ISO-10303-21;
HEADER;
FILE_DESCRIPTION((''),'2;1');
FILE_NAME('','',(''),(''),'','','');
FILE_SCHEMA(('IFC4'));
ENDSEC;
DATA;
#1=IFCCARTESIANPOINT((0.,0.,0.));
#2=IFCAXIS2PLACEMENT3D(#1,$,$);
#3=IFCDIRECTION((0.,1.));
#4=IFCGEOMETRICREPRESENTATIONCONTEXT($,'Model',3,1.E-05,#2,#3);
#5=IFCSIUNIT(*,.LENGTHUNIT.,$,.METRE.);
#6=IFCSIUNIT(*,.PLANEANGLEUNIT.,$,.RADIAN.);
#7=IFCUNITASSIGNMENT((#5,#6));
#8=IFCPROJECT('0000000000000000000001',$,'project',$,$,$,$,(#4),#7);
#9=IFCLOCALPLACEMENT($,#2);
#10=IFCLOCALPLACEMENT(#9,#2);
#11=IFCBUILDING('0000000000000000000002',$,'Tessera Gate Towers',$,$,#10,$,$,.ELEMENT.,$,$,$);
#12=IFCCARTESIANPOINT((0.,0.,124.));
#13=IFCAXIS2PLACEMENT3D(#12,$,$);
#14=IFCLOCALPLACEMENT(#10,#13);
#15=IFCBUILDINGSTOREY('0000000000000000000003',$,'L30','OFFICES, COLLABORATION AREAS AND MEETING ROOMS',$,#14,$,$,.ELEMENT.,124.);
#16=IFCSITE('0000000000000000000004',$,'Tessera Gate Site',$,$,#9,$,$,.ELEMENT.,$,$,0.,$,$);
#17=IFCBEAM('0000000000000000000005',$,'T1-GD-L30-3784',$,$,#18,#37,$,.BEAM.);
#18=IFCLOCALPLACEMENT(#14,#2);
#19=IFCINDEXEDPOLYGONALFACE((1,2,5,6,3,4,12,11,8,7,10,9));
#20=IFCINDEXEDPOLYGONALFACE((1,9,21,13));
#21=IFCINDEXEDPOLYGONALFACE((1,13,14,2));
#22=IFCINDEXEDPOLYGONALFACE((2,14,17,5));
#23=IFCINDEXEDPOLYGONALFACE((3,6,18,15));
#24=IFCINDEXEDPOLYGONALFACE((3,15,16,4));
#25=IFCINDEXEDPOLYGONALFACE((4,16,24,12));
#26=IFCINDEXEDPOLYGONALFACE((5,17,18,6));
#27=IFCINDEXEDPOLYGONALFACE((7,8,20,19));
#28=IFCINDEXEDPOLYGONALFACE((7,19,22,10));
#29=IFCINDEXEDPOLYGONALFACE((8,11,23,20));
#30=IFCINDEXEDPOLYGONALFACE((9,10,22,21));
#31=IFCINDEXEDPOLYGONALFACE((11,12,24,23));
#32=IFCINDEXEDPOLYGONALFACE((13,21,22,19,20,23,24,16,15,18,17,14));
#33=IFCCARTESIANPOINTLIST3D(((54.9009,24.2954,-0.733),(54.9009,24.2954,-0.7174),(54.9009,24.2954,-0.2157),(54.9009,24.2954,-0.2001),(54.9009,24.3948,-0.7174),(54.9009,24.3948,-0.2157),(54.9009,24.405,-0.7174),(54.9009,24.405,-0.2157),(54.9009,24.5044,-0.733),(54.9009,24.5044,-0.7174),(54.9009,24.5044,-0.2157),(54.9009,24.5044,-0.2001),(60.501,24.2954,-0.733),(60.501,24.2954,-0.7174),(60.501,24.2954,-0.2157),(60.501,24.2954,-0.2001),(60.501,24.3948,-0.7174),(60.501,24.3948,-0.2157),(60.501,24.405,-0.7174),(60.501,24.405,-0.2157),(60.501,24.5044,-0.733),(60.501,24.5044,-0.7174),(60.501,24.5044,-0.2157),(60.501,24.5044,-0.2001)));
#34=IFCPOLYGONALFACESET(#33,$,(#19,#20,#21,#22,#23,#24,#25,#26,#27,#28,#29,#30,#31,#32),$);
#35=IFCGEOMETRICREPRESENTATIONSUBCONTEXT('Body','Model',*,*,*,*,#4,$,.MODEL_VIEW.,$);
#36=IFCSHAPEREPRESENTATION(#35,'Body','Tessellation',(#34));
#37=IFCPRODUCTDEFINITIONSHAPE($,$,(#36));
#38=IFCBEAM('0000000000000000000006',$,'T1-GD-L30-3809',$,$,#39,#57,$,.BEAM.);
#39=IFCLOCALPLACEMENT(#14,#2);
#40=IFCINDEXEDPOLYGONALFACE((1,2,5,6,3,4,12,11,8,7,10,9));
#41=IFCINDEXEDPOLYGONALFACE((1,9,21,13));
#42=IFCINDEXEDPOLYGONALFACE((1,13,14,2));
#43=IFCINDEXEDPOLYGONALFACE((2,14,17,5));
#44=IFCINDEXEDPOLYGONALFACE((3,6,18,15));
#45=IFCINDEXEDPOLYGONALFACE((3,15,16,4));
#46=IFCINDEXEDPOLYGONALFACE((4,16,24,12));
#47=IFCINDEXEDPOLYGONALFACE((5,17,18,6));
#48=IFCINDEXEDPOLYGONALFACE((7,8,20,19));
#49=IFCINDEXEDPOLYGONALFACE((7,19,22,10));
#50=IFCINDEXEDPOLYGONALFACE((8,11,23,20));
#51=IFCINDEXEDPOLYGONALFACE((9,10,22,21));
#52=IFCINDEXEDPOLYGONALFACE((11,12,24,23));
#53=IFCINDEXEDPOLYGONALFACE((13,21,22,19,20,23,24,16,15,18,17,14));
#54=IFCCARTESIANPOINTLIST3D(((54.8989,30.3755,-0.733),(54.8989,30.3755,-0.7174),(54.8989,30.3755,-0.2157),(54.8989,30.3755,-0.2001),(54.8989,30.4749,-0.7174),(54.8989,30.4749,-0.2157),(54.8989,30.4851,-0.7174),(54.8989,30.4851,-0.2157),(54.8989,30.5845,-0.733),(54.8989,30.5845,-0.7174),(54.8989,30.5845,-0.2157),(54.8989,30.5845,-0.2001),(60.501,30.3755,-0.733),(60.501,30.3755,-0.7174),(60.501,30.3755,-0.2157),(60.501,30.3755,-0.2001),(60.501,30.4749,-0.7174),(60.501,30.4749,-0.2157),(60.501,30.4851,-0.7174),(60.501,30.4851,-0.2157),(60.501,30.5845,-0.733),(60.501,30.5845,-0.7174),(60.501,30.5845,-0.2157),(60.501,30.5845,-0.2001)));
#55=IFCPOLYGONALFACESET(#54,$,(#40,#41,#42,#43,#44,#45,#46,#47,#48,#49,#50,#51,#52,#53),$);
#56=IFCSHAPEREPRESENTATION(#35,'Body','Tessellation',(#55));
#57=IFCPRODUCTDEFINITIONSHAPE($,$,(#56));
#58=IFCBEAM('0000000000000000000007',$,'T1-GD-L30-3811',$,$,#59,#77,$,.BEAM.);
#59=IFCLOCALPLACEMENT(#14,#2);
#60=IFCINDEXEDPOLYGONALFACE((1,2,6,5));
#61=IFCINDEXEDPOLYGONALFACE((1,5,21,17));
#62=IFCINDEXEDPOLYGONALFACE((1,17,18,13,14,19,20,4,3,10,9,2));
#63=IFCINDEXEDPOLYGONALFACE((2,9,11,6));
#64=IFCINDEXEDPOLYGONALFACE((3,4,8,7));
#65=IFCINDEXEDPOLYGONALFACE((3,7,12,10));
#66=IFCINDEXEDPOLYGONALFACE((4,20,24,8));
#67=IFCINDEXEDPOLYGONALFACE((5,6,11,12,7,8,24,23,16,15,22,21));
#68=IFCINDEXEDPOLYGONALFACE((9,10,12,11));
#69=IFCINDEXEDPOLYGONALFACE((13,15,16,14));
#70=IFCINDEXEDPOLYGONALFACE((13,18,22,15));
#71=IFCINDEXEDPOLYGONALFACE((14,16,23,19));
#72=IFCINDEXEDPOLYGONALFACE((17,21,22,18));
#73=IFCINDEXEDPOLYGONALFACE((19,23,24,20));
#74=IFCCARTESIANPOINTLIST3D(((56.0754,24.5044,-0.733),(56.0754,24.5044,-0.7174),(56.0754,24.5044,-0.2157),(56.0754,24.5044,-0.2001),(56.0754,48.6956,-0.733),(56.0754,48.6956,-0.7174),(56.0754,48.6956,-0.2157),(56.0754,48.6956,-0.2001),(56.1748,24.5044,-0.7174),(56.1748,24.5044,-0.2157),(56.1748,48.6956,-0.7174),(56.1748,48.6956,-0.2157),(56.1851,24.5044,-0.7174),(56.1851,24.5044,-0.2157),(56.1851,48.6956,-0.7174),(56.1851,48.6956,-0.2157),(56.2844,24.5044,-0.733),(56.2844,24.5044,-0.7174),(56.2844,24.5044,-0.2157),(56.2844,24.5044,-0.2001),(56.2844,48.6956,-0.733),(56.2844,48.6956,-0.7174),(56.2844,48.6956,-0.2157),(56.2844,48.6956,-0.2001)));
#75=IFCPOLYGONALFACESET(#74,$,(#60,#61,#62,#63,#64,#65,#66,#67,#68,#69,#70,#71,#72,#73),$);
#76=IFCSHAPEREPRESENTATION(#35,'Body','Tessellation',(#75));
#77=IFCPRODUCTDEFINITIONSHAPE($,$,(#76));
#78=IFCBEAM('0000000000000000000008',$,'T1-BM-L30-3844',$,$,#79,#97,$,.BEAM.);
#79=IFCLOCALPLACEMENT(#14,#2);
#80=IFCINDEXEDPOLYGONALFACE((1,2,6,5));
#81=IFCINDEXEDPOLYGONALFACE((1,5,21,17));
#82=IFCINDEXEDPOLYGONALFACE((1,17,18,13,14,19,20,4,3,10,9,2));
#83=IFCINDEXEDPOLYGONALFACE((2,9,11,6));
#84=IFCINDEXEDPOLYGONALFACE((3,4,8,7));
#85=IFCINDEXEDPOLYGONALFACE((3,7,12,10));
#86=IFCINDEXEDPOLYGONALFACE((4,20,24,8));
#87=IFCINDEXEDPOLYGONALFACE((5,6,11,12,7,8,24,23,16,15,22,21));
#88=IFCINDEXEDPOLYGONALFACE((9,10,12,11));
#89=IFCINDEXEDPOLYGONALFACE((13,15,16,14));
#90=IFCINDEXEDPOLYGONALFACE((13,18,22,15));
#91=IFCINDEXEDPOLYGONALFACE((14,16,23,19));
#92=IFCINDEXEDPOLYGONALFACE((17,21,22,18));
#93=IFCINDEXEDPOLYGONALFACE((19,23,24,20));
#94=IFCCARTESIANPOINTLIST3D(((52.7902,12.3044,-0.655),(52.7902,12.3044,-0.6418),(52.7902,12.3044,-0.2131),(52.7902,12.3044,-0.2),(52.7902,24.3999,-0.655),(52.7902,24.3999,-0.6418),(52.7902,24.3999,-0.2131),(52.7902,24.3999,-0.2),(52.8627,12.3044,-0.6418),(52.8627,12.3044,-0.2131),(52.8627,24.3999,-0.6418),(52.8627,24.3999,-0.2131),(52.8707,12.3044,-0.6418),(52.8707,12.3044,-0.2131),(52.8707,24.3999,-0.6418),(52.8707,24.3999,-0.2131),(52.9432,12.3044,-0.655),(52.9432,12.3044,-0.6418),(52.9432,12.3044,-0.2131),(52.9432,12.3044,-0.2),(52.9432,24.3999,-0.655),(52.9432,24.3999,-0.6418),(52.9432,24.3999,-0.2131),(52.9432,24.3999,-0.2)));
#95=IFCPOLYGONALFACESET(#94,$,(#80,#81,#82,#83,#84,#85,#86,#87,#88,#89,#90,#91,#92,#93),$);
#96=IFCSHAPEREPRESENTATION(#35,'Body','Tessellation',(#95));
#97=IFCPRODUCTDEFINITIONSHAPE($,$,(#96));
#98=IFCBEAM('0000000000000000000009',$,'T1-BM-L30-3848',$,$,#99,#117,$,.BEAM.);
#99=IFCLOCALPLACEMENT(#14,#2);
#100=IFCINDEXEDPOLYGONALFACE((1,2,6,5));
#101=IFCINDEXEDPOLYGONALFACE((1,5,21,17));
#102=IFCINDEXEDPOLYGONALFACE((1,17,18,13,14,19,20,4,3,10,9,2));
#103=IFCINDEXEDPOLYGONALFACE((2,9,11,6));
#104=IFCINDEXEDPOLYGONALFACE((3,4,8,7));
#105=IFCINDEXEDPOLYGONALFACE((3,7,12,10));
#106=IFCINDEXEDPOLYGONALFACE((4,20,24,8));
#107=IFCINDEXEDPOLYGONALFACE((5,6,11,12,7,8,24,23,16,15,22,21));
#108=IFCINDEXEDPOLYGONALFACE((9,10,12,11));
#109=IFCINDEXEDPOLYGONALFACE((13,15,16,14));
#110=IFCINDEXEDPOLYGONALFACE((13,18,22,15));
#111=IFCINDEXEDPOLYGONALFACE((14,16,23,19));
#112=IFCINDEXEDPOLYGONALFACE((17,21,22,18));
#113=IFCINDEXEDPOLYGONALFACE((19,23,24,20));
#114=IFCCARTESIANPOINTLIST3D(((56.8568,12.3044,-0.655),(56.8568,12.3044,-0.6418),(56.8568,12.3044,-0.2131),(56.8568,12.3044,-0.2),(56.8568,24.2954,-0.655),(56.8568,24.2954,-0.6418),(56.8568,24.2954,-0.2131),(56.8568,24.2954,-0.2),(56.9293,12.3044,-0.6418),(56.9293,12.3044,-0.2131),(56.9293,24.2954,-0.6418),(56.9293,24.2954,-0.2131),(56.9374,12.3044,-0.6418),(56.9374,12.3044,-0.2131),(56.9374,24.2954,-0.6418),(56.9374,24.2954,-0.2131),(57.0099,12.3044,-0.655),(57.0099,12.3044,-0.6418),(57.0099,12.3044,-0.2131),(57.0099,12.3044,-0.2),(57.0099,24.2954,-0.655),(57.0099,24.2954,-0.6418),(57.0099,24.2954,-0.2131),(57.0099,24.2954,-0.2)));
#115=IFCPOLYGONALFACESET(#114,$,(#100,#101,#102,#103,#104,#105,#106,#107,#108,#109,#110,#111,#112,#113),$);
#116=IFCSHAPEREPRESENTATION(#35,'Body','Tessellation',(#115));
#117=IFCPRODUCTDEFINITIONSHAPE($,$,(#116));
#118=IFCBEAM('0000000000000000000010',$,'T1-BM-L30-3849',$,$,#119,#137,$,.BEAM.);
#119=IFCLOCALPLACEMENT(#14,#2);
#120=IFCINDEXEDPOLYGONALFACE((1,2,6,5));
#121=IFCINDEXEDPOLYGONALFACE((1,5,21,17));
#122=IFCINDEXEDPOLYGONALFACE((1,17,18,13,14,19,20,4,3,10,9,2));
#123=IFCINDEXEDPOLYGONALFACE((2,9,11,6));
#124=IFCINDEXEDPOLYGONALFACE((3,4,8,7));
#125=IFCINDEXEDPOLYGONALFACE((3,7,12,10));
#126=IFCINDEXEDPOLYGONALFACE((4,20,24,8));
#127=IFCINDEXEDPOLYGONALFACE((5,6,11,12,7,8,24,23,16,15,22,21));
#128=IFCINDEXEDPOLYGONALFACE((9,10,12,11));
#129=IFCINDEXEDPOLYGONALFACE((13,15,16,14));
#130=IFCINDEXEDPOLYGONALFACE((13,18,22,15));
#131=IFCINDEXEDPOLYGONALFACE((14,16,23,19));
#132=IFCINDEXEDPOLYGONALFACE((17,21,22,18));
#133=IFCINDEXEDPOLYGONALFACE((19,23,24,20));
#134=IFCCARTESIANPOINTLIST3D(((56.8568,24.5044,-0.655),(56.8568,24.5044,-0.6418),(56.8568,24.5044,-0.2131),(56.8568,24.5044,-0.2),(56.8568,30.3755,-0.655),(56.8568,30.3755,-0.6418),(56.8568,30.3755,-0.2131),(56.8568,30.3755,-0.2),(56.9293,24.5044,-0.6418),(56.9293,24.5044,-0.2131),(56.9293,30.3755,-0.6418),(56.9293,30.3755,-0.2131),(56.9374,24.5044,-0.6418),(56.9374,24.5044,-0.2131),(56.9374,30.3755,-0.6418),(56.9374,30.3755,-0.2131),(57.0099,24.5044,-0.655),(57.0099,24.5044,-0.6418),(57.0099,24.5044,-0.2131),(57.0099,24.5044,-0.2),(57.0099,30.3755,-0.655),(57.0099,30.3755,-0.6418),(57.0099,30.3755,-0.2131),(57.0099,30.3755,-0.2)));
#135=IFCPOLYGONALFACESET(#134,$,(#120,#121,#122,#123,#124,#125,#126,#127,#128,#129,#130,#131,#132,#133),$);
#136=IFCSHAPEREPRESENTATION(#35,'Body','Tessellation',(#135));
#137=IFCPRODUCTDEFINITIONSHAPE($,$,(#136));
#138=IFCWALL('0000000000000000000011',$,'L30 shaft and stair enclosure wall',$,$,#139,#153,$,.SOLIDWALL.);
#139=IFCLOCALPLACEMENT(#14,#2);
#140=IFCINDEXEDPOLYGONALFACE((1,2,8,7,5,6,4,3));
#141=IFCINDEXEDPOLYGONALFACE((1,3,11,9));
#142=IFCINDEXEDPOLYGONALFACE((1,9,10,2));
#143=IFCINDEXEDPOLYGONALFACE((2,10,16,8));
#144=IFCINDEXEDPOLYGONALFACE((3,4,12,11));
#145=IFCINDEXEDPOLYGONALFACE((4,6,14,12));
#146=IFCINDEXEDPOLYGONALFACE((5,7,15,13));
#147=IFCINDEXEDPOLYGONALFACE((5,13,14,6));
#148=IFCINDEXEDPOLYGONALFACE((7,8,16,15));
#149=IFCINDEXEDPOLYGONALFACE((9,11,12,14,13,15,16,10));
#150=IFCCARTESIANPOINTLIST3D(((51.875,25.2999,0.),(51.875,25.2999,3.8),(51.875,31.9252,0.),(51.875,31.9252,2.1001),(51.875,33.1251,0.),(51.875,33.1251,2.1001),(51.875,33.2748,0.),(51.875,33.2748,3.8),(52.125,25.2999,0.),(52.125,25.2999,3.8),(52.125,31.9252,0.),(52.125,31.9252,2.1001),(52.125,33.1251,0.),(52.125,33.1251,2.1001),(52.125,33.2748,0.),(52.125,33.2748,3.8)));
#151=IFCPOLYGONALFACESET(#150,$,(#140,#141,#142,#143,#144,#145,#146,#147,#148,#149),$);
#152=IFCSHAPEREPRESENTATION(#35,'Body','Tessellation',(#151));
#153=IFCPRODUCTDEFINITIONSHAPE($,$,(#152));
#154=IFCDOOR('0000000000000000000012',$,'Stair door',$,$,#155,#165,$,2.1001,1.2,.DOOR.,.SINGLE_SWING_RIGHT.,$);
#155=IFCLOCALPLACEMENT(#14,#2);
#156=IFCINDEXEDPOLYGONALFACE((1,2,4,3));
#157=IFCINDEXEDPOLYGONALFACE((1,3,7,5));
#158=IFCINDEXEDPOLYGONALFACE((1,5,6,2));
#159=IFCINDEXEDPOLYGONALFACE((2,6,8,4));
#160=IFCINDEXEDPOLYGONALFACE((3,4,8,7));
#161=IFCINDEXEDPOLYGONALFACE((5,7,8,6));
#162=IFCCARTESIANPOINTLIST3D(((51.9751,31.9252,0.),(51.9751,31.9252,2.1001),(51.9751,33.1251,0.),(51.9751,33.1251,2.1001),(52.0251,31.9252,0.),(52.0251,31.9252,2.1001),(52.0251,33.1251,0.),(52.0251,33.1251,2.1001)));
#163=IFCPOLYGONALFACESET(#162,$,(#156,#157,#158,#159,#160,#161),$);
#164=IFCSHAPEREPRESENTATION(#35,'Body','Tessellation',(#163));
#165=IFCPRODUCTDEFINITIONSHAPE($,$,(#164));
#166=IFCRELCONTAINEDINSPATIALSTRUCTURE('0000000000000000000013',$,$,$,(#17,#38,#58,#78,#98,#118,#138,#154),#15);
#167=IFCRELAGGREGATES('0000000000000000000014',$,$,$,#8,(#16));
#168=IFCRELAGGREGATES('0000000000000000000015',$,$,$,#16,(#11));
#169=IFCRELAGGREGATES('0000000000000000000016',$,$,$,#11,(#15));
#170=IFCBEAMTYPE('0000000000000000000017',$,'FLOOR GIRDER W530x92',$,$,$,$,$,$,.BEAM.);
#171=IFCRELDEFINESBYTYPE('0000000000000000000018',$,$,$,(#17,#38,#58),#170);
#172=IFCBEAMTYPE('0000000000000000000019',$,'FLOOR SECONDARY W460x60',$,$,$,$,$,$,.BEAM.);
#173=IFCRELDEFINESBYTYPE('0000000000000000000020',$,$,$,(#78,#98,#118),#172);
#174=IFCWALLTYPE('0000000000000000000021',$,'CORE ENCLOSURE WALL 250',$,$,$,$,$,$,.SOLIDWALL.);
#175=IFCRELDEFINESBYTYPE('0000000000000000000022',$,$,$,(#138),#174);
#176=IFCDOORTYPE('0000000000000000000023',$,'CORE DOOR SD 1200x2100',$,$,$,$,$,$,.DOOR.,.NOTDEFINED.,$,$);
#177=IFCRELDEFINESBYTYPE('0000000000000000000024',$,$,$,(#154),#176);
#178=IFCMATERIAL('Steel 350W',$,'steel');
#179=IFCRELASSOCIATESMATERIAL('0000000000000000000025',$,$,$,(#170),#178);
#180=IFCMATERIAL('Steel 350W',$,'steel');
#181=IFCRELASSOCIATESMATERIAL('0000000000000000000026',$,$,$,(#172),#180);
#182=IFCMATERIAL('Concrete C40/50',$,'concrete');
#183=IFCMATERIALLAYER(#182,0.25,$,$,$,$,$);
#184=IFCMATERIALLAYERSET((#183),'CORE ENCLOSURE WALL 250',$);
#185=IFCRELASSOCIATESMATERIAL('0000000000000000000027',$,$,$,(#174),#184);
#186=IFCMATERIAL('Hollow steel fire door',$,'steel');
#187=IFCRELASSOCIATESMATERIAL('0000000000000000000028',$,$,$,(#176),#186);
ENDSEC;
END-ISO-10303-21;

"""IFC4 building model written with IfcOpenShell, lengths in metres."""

from ifc_helpers import new_model, si_unit, direction, frame, frame_2d, origin, origin_2d, place, context, subcontext, project, spatial, rectangle, i_section, extrude, source, transform, mapped, material, layer, layer_set, material_profile, profile_set, type_object, element, fill, save


model = new_model("IFC4")

# Units and contexts
model_context = context("Model", 3, precision=1e-05, world=origin(), true_north=direction((0.0, 1.0)))
body_context = subcontext(model_context, "Body", "Model", "MODEL_VIEW")
ifc_project = project(units=[si_unit("LENGTHUNIT", "METRE"), si_unit("PLANEANGLEUNIT", "RADIAN")], contexts=[model_context])

# Site, building, storey
site_placement = place(None, origin())
site = spatial("IfcSite", under=ifc_project, at=site_placement, Name="Tessera Gate Site", CompositionType="ELEMENT", RefElevation=0.0)
building_placement = place(site_placement, origin())
building = spatial("IfcBuilding", under=site, at=building_placement, Name="Tessera Gate Towers", CompositionType="ELEMENT")
storey_placement = place(building_placement, frame((0.0, 0.0, 124.0)))
storey = spatial("IfcBuildingStorey", under=building, at=storey_placement, Name="L30", Description="OFFICES, COLLABORATION AREAS AND MEETING ROOMS", CompositionType="ELEMENT", Elevation=124.0)

# Beams
ifc_material_1 = material(Name="Steel 350W", Category="steel")
ifc_material_profile_1 = material_profile(ifc_material_1, i_section(OverallWidth=0.209, OverallDepth=0.533, WebThickness=0.0103, FlangeThickness=0.0156, at=origin_2d()), Name="W530x92")
ifc_profile_set_1 = profile_set([ifc_material_profile_1], Name="Steel 350W")
beam_type_1 = type_object("IfcBeamType", Name="FLOOR GIRDER W530x92", PredefinedType="BEAM", material=ifc_profile_set_1)
beam_1_placement = place(storey_placement, frame((54.9009, 24.3999, -0.4666), z_axis=(1.0, 0.0, 0.0), x_axis=(0.0, 1.0, 0.0)))
element("IfcBeam", 1, at=beam_1_placement, inside=storey, type_object=beam_type_1, Name="T1-GD-L30-3784", PredefinedType="BEAM", context=body_context, shape_type="SweptSolid", body=[
    extrude(i_section(OverallWidth=0.209, OverallDepth=0.533, WebThickness=0.0103, FlangeThickness=0.0156, at=origin_2d()), origin(), (0.0, 0.0, 1.0), 5.6001),
])
beam_2_placement = place(storey_placement, frame((54.8989, 30.48, -0.4666), z_axis=(1.0, 0.0, 0.0), x_axis=(0.0, 1.0, 0.0)))
element("IfcBeam", 2, at=beam_2_placement, inside=storey, type_object=beam_type_1, Name="T1-GD-L30-3809", PredefinedType="BEAM", context=body_context, shape_type="SweptSolid", body=[
    extrude(i_section(OverallWidth=0.209, OverallDepth=0.533, WebThickness=0.0103, FlangeThickness=0.0156, at=origin_2d()), origin(), (0.0, 0.0, 1.0), 5.6021),
])
beam_3_placement = place(storey_placement, frame((56.1799, 24.5044, -0.4666), z_axis=(0.0, 1.0, 0.0), x_axis=(-1.0, 0.0, 0.0)))
element("IfcBeam", 3, at=beam_3_placement, inside=storey, type_object=beam_type_1, Name="T1-GD-L30-3811", PredefinedType="BEAM", context=body_context, shape_type="SweptSolid", body=[
    extrude(i_section(OverallWidth=0.209, OverallDepth=0.533, WebThickness=0.0103, FlangeThickness=0.0156, at=origin_2d()), origin(), (0.0, 0.0, 1.0), 24.1912),
])
ifc_material_2 = material(Name="Steel 350W", Category="steel")
ifc_material_profile_2 = material_profile(ifc_material_2, i_section(OverallWidth=0.1531, OverallDepth=0.4551, WebThickness=0.0081, FlangeThickness=0.0132, at=origin_2d()), Name="W460x60")
ifc_profile_set_2 = profile_set([ifc_material_profile_2], Name="Steel 350W")
beam_type_2 = type_object("IfcBeamType", Name="FLOOR SECONDARY W460x60", PredefinedType="BEAM", material=ifc_profile_set_2)
beam_4_placement = place(storey_placement, frame((52.8667, 12.3044, -0.4275), z_axis=(0.0, 1.0, 0.0), x_axis=(-1.0, 0.0, 0.0)))
element("IfcBeam", 4, at=beam_4_placement, inside=storey, type_object=beam_type_2, Name="T1-BM-L30-3844", PredefinedType="BEAM", context=body_context, shape_type="SweptSolid", body=[
    extrude(i_section(OverallWidth=0.1531, OverallDepth=0.4551, WebThickness=0.0081, FlangeThickness=0.0132, at=origin_2d()), origin(), (0.0, 0.0, 1.0), 12.0955),
])
beam_5_placement = place(storey_placement, frame((56.9333, 12.3044, -0.4275), z_axis=(0.0, 1.0, 0.0), x_axis=(-1.0, 0.0, 0.0)))
element("IfcBeam", 5, at=beam_5_placement, inside=storey, type_object=beam_type_2, Name="T1-BM-L30-3848", PredefinedType="BEAM", context=body_context, shape_type="SweptSolid", body=[
    extrude(i_section(OverallWidth=0.1531, OverallDepth=0.4551, WebThickness=0.0081, FlangeThickness=0.0132, at=origin_2d()), origin(), (0.0, 0.0, 1.0), 11.991),
])
beam_6_placement = place(storey_placement, frame((56.9333, 24.5044, -0.4275), z_axis=(0.0, 1.0, 0.0), x_axis=(-1.0, 0.0, 0.0)))
element("IfcBeam", 6, at=beam_6_placement, inside=storey, type_object=beam_type_2, Name="T1-BM-L30-3849", PredefinedType="BEAM", context=body_context, shape_type="SweptSolid", body=[
    extrude(i_section(OverallWidth=0.1531, OverallDepth=0.4551, WebThickness=0.0081, FlangeThickness=0.0132, at=origin_2d()), origin(), (0.0, 0.0, 1.0), 5.8711),
])

# Wall, opening, door
ifc_material_3 = material(Name="Concrete C40/50", Category="concrete")
ifc_layer_1 = layer(ifc_material_3, 0.25)
ifc_layer_set_1 = layer_set([ifc_layer_1], Name="CORE ENCLOSURE WALL 250")
wall_type_1 = type_object("IfcWallType", Name="CORE ENCLOSURE WALL 250", PredefinedType="SOLIDWALL", material=ifc_layer_set_1)
wall_1_placement = place(storey_placement, frame((52.0, 25.3, 0.0), z_axis=(0.0, 0.0, 1.0), x_axis=(0.0, 1.0, 0.0)))
wall_1 = element("IfcWall", 7, at=wall_1_placement, inside=storey, type_object=wall_type_1, Name="L30 shaft and stair enclosure wall", PredefinedType="SOLIDWALL", context=body_context, shape_type="SweptSolid", body=[
    extrude(rectangle(XDim=7.9749, YDim=0.25, at=frame_2d((3.9873, 0.0))), origin(), (0.0, 0.0, 1.0), 3.8),
])
shared_shape_1 = source(origin(), body_context, "Body", "SweptSolid", [
    extrude(rectangle(XDim=1.2, YDim=2.1001, at=frame_2d((0.6001, 1.05))), frame((0.0, 0.135, 0.0), z_axis=(0.0, -1.0, 0.0), x_axis=(1.0, 0.0, 0.0)), (0.0, 0.0, 1.0), 0.27),
])
opening_1_placement = place(wall_1_placement, frame((6.625, 0.0, 0.0)))
opening_1 = element("IfcOpeningElement", 8, at=opening_1_placement, cuts=wall_1, PredefinedType="OPENING", context=body_context, shape_type="MappedRepresentation", body=[
    mapped(shared_shape_1, transform((0.0, 0.0, 0.0), scale=1.0)),
])
ifc_material_4 = material(Name="Hollow steel fire door", Category="steel")
door_type_1 = type_object("IfcDoorType", Name="CORE DOOR SD 1200x2100", OperationType="NOTDEFINED", PredefinedType="DOOR", material=ifc_material_4)
shared_shape_2 = source(origin(), body_context, "Body", "SweptSolid", [
    extrude(rectangle(XDim=1.2, YDim=2.1001, at=frame_2d((0.6001, 1.05))), frame((0.0, 0.0249, 0.0), z_axis=(0.0, -1.0, 0.0), x_axis=(1.0, 0.0, 0.0)), (0.0, 0.0, 1.0), 0.05),
])
door_1_placement = place(opening_1_placement, origin())
door_1 = element("IfcDoor", 9, at=door_1_placement, inside=storey, type_object=door_type_1, Name="Stair door", OperationType="SINGLE_SWING_RIGHT", OverallHeight=2.1001, OverallWidth=1.2, PredefinedType="DOOR", context=body_context, shape_type="MappedRepresentation", body=[
    mapped(shared_shape_2, transform((0.0, 0.0, 0.0), scale=1.0)),
])
fill(opening_1, door_1)

save(model, "model.ifc")
